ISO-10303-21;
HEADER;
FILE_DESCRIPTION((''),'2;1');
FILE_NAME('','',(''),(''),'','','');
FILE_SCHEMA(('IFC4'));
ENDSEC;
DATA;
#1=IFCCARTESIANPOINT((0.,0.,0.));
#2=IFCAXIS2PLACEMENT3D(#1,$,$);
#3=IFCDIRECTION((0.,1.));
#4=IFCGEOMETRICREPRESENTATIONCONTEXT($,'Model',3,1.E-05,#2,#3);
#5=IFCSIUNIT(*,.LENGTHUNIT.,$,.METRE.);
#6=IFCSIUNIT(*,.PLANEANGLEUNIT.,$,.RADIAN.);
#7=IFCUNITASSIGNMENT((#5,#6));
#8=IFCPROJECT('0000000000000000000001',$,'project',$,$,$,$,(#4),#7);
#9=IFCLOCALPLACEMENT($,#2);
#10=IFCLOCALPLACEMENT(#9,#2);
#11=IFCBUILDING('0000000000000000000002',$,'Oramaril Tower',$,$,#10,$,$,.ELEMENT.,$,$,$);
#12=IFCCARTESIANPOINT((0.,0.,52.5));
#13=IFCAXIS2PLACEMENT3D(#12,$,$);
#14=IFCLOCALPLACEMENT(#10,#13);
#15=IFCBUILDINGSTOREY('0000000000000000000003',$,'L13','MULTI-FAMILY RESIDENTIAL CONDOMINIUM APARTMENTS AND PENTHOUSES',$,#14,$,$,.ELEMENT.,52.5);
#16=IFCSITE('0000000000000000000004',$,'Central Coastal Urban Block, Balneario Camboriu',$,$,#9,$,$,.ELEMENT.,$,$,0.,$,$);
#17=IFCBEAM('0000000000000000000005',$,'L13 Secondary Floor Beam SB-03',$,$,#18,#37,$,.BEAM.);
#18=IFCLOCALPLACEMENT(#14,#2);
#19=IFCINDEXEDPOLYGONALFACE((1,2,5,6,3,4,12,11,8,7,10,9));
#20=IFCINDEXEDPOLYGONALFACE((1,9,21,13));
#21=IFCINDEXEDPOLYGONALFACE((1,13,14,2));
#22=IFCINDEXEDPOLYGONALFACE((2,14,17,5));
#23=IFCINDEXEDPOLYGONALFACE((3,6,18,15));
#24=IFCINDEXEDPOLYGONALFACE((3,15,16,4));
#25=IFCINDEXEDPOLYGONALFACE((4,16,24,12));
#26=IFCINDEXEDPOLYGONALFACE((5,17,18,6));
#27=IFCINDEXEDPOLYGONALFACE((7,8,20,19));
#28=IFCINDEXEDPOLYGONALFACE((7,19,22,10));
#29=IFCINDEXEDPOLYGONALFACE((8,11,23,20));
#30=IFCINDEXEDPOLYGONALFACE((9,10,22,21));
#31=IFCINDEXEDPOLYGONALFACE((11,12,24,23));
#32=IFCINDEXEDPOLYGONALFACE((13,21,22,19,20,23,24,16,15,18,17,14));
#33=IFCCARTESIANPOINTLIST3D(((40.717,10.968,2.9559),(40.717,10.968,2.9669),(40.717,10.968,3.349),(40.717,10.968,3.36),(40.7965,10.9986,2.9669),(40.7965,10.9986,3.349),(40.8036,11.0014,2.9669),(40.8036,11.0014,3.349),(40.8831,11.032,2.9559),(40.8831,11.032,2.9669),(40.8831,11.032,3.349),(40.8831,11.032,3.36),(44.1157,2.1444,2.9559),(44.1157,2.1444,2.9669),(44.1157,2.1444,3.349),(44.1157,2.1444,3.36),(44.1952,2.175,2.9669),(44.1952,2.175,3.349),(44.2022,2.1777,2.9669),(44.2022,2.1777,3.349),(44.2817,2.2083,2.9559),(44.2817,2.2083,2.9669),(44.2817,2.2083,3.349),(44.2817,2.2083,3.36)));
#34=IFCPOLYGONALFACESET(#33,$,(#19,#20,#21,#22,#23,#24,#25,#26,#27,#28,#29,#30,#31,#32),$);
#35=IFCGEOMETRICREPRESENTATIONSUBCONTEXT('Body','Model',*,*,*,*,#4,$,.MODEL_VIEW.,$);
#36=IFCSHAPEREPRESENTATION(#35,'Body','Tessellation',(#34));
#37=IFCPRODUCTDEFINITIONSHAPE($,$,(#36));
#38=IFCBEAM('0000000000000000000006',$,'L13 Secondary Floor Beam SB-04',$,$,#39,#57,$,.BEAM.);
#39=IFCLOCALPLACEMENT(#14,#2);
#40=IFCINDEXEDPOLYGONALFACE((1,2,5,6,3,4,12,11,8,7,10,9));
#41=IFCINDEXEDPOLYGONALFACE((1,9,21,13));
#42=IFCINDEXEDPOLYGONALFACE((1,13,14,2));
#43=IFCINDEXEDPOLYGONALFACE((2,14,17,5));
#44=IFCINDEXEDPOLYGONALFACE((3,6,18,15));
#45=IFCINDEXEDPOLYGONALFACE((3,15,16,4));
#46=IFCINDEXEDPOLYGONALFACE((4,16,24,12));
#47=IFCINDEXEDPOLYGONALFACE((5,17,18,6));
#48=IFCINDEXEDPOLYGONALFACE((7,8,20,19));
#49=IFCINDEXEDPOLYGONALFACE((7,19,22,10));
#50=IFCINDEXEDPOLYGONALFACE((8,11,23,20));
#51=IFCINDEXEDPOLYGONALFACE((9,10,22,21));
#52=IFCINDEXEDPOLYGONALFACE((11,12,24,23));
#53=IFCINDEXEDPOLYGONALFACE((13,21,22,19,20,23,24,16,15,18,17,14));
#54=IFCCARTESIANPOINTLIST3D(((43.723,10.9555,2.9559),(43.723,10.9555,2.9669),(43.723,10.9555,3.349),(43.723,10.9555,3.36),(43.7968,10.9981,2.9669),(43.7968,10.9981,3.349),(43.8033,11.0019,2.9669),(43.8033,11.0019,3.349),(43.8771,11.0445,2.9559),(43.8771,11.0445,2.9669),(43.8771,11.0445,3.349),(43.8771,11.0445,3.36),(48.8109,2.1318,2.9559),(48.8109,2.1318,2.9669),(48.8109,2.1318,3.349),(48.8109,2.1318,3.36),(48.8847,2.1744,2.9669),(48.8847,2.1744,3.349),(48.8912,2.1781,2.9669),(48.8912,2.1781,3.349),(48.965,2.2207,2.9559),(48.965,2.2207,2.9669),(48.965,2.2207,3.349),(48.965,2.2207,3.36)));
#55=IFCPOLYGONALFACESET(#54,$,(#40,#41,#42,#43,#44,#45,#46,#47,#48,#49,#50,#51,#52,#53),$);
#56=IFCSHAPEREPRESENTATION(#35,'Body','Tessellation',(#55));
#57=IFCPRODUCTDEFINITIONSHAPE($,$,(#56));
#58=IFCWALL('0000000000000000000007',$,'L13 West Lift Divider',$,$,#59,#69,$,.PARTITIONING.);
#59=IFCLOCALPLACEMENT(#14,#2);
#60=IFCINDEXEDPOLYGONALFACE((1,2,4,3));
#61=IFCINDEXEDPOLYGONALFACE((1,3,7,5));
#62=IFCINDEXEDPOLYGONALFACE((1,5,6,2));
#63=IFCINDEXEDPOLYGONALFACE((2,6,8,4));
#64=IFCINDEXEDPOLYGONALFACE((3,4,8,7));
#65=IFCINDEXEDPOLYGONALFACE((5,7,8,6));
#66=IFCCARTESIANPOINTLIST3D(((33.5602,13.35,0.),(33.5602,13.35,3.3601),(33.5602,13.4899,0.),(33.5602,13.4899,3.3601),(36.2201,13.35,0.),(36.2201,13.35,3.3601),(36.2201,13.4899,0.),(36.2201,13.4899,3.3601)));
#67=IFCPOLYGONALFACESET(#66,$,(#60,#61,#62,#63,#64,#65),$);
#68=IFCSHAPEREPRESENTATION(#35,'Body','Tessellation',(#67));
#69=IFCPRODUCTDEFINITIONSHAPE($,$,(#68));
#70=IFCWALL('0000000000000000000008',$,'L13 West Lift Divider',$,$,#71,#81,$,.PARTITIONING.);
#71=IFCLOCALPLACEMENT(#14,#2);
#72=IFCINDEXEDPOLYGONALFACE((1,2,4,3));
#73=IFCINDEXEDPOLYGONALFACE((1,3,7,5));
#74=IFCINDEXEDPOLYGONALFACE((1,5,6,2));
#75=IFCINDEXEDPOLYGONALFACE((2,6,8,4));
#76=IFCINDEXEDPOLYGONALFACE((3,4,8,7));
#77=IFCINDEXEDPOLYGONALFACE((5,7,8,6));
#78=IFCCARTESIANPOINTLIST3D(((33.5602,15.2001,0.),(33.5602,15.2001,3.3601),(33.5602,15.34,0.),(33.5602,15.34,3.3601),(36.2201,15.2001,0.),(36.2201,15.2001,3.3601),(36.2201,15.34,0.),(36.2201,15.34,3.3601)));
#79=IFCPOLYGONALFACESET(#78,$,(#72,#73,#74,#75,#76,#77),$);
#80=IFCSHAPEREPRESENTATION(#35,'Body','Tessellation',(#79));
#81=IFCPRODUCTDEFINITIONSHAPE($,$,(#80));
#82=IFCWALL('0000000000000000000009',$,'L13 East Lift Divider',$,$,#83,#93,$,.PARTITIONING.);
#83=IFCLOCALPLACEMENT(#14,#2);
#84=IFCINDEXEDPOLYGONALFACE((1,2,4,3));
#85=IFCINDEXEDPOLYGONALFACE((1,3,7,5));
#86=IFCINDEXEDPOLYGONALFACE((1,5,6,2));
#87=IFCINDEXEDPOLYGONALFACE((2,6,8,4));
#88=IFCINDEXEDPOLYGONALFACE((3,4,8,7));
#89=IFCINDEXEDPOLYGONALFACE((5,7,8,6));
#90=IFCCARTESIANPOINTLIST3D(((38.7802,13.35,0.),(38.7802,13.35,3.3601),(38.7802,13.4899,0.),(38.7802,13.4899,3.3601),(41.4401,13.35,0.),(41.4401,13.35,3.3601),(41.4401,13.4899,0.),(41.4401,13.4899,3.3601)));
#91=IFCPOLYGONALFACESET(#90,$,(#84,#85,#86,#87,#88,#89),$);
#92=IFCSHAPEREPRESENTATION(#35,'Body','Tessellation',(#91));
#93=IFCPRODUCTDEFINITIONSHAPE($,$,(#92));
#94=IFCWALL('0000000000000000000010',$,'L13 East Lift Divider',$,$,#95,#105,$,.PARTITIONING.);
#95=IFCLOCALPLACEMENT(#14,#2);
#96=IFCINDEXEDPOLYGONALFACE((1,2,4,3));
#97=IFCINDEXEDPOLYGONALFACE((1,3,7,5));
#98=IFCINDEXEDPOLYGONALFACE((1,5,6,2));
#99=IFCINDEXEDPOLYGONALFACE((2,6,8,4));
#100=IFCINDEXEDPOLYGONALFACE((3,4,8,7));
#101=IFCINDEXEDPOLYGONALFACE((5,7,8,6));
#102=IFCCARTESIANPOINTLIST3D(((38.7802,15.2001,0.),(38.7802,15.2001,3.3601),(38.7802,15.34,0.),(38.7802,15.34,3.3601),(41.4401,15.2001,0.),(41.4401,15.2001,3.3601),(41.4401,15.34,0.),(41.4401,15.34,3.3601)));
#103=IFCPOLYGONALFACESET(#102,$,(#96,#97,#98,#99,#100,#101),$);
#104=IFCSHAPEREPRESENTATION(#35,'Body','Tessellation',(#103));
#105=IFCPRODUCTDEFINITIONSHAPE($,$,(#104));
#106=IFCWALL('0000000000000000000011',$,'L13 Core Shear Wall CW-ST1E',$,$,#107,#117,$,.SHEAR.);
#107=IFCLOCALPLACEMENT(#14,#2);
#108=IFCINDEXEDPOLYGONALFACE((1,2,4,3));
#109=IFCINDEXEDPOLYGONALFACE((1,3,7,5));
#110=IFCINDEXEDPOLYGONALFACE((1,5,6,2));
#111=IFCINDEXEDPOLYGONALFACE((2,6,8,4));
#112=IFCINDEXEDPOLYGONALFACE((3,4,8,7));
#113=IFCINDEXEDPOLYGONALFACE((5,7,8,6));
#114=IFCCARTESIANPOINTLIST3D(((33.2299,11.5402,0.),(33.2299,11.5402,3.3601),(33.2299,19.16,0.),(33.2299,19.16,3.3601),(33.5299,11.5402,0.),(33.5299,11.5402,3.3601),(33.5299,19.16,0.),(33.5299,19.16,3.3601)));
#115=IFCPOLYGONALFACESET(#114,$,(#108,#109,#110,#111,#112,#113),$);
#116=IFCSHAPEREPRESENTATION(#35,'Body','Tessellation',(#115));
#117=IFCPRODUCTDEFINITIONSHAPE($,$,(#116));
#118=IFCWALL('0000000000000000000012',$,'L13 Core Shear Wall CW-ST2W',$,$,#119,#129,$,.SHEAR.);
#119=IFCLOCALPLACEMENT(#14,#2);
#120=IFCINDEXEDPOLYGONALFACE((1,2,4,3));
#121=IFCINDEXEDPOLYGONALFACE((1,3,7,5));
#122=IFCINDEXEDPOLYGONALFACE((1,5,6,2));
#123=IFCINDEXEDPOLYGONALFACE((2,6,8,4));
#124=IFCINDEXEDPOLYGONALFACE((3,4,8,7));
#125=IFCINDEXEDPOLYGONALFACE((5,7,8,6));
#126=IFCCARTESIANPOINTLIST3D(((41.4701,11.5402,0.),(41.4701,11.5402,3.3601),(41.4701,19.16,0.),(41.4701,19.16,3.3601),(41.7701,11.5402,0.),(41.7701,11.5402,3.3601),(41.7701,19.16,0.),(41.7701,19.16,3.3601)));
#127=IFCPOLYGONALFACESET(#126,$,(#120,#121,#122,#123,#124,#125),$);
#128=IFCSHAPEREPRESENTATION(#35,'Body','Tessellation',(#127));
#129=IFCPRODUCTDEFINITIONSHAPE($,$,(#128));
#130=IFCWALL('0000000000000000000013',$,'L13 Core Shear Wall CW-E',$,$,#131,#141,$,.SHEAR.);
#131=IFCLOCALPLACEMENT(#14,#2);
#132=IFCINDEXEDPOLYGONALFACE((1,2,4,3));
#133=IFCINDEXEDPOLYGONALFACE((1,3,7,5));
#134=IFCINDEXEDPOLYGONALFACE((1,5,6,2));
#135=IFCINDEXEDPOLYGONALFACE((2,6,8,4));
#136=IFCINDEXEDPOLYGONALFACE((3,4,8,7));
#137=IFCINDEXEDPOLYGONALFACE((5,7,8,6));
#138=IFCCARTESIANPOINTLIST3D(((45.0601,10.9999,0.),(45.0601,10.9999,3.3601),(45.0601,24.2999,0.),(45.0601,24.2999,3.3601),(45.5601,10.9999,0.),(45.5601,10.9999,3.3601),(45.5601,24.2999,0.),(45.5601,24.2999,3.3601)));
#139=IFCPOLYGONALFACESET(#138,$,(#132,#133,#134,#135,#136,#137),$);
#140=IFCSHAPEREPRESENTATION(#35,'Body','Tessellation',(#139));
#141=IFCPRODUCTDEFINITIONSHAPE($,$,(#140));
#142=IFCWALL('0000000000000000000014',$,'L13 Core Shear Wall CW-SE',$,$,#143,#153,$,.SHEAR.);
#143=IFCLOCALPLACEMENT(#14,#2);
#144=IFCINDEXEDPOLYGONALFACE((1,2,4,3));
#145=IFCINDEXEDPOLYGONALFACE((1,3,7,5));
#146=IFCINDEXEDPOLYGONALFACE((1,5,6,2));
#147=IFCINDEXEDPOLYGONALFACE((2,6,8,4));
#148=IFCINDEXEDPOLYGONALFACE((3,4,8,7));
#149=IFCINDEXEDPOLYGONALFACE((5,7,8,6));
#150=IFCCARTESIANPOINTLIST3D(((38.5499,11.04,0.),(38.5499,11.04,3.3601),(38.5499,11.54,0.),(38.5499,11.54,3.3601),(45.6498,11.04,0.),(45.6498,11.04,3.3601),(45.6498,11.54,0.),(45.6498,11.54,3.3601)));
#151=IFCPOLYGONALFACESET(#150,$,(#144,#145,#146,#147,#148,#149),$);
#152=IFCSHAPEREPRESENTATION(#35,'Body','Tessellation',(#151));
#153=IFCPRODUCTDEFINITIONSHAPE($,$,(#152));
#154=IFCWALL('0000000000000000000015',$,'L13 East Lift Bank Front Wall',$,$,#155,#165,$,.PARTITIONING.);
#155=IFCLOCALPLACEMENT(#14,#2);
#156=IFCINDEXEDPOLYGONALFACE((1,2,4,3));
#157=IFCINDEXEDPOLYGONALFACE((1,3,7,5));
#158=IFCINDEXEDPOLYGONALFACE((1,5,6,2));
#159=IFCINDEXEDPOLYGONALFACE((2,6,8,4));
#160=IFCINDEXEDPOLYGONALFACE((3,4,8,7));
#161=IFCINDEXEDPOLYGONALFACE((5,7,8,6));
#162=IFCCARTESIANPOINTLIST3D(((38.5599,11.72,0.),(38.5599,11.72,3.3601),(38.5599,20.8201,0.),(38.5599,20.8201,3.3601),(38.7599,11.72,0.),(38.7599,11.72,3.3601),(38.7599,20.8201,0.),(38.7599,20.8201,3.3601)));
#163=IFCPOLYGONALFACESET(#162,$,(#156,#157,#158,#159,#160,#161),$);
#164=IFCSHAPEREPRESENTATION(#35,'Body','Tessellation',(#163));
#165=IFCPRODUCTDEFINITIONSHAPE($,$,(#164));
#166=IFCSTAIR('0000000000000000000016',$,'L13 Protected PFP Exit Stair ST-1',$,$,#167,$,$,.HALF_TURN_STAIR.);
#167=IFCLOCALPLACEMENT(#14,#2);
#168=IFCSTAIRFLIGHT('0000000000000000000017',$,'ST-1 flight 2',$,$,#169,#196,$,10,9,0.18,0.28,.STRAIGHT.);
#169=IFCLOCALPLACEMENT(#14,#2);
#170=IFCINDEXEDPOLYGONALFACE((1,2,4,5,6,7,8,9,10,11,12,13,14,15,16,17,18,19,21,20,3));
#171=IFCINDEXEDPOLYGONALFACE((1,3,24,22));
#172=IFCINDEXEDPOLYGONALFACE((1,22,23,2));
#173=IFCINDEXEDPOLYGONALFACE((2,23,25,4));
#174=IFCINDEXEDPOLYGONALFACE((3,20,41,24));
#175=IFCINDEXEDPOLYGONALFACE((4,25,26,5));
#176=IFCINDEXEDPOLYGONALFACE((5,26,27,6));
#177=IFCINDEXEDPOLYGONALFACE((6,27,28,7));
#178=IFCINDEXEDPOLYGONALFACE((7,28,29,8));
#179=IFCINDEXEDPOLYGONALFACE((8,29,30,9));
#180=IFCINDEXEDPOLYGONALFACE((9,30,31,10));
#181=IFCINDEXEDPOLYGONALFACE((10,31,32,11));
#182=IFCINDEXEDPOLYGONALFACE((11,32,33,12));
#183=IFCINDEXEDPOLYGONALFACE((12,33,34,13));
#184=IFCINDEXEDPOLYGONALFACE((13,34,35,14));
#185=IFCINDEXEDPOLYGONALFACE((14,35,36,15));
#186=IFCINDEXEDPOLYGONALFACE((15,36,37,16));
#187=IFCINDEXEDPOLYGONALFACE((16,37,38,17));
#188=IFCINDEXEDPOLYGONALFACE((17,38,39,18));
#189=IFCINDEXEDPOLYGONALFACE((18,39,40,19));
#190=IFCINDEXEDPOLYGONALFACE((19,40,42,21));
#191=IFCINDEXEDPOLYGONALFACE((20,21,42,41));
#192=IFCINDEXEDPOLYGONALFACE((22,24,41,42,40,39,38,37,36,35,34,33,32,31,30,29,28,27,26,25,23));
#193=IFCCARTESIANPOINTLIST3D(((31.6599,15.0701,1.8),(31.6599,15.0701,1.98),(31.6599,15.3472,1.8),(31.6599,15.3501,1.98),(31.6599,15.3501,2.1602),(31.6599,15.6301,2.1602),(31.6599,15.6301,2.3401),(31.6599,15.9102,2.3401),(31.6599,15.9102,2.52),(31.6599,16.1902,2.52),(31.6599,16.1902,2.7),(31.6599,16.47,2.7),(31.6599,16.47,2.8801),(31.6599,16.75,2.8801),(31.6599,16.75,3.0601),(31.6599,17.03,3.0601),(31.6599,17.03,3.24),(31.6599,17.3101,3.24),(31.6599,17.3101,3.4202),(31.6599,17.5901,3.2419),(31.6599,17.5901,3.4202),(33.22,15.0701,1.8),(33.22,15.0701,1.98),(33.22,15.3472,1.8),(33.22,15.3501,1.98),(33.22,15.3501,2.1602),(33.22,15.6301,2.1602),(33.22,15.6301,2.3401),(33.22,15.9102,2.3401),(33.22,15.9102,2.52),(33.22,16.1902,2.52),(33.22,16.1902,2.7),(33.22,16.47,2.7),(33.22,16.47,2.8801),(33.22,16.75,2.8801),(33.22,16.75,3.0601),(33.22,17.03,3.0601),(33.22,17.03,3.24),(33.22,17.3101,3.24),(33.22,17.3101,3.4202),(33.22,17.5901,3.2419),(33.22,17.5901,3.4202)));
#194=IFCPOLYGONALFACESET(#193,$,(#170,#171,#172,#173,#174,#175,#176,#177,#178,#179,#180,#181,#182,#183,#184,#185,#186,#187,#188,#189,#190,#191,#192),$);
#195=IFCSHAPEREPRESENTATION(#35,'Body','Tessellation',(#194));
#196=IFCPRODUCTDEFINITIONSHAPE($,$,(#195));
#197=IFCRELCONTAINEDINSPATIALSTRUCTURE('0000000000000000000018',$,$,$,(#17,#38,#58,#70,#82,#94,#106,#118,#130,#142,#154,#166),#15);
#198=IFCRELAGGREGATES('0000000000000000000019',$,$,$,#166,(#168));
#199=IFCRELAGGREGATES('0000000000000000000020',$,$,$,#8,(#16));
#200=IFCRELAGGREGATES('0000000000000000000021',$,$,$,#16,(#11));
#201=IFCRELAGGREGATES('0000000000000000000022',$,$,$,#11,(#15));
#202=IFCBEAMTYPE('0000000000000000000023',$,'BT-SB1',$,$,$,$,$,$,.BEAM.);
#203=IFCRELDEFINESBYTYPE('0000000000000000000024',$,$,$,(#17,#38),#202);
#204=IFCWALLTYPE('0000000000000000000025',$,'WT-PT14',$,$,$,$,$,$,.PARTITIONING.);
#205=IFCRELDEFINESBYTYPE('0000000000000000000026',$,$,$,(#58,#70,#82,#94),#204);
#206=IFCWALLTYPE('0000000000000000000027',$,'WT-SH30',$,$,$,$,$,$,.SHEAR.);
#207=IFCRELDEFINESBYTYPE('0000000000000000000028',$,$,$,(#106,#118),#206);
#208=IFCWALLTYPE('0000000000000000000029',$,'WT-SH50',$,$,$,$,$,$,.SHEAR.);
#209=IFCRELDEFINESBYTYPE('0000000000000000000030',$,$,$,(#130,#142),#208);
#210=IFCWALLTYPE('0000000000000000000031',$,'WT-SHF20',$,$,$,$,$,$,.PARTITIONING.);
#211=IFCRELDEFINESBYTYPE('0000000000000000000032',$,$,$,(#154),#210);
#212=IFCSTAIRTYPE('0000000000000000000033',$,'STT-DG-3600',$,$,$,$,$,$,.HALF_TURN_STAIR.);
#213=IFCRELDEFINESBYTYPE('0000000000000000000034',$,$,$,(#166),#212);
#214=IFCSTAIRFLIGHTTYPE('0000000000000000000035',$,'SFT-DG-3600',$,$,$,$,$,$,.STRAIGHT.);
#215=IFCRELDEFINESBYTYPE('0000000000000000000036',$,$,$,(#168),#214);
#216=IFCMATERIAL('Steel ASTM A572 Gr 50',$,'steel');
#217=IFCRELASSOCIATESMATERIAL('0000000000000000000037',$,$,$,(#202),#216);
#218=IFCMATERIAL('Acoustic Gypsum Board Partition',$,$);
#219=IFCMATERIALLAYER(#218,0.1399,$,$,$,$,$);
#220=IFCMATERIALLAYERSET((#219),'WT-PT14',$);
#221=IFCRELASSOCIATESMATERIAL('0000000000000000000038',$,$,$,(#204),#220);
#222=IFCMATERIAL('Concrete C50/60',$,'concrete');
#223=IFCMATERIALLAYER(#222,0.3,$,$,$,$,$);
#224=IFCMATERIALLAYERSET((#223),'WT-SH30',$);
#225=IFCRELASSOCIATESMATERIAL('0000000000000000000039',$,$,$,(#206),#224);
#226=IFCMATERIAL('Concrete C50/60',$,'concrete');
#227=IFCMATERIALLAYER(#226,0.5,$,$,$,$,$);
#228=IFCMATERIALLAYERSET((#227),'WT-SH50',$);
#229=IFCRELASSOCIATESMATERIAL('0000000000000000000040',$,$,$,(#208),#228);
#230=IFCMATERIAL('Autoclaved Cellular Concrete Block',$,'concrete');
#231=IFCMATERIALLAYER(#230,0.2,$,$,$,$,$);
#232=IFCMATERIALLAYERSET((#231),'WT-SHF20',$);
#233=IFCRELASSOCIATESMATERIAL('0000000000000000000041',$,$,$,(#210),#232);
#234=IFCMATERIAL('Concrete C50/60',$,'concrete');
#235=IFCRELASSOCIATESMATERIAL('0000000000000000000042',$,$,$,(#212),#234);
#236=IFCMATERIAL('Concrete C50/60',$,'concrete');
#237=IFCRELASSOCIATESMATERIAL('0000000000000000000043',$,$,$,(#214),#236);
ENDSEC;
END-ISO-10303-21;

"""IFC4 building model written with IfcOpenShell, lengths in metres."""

from ifc_helpers import new_model, si_unit, direction, frame, frame_2d, origin, origin_2d, place, context, subcontext, project, spatial, polyline, rectangle, i_section, outline, extrude, material, layer, layer_set, material_profile, profile_set, type_object, element, aggregate, save


model = new_model("IFC4")

# Units and contexts
model_context = context("Model", 3, precision=1e-05, world=origin(), true_north=direction((0.0, 1.0)))
body_context = subcontext(model_context, "Body", "Model", "MODEL_VIEW")
ifc_project = project(units=[si_unit("LENGTHUNIT", "METRE"), si_unit("PLANEANGLEUNIT", "RADIAN")], contexts=[model_context])

# Site, building, storey
site_placement = place(None, origin())
site = spatial("IfcSite", under=ifc_project, at=site_placement, Name="Central Coastal Urban Block, Balneario Camboriu", CompositionType="ELEMENT", RefElevation=0.0)
building_placement = place(site_placement, origin())
building = spatial("IfcBuilding", under=site, at=building_placement, Name="Oramaril Tower", CompositionType="ELEMENT")
storey_placement = place(building_placement, frame((0.0, 0.0, 52.5)))
storey = spatial("IfcBuildingStorey", under=building, at=storey_placement, Name="L13", Description="MULTI-FAMILY RESIDENTIAL CONDOMINIUM APARTMENTS AND PENTHOUSES", CompositionType="ELEMENT", Elevation=52.5)

# Beams
ifc_material_1 = material(Name="Steel ASTM A572 Gr 50", Category="steel")
ifc_material_profile = material_profile(ifc_material_1, i_section(OverallWidth=0.178, OverallDepth=0.4041, WebThickness=0.0076, FlangeThickness=0.011, at=origin_2d()), Name="W16X36")
ifc_profile_set = profile_set([ifc_material_profile], Name="Steel ASTM A572 Gr 50")
beam_type = type_object("IfcBeamType", Name="BT-SB1", PredefinedType="BEAM", material=ifc_profile_set)
beam_1_placement = place(storey_placement, frame((40.8, 11.0, 3.158), z_axis=(0.359434, -0.93317, 0.0), x_axis=(0.93317, 0.359434, 0.0)))
element("IfcBeam", 1, at=beam_1_placement, inside=storey, type_object=beam_type, Name="L13 Secondary Floor Beam SB-03", PredefinedType="BEAM", context=body_context, shape_type="SweptSolid", body=[
    extrude(i_section(OverallWidth=0.178, OverallDepth=0.4041, WebThickness=0.0076, FlangeThickness=0.011, at=origin_2d()), origin(), (0.0, 0.0, 1.0), 9.4556),
])
beam_2_placement = place(storey_placement, frame((43.8, 11.0, 3.158), z_axis=(0.499522, -0.866301, 0.0), x_axis=(0.866301, 0.499522, 0.0)))
element("IfcBeam", 2, at=beam_2_placement, inside=storey, type_object=beam_type, Name="L13 Secondary Floor Beam SB-04", PredefinedType="BEAM", context=body_context, shape_type="SweptSolid", body=[
    extrude(i_section(OverallWidth=0.178, OverallDepth=0.4041, WebThickness=0.0076, FlangeThickness=0.011, at=origin_2d()), origin(), (0.0, 0.0, 1.0), 10.1855),
])

# Walls
ifc_material_2 = material(Name="Acoustic Gypsum Board Partition")
ifc_layer_1 = layer(ifc_material_2, 0.1399)
ifc_layer_set_1 = layer_set([ifc_layer_1], Name="WT-PT14")
wall_type_1 = type_object("IfcWallType", Name="WT-PT14", PredefinedType="PARTITIONING", material=ifc_layer_set_1)
for number, where, z_axis, x_axis, name in (
    (3, (33.5601, 13.4199, 0.0), (0.0, 0.0, 1.0), (1.0, 0.0, 0.0), "L13 West Lift Divider"),
    (4, (33.5601, 15.27, 0.0), (0.0, 0.0, 1.0), (1.0, 0.0, 0.0), "L13 West Lift Divider"),
    (5, (38.78, 13.4199, 0.0), (0.0, 0.0, 1.0), (1.0, 0.0, 0.0), "L13 East Lift Divider"),
    (6, (38.78, 15.27, 0.0), (0.0, 0.0, 1.0), (1.0, 0.0, 0.0), "L13 East Lift Divider"),
):
    element("IfcWall", number, at=place(storey_placement, frame(where, z_axis=z_axis, x_axis=x_axis)), inside=storey, type_object=wall_type_1, Name=name, PredefinedType="PARTITIONING", context=body_context, shape_type="SweptSolid", body=[
        extrude(rectangle(XDim=2.6599, YDim=0.1399, at=frame_2d((1.3301, 0.0))), origin(), (0.0, 0.0, 1.0), 3.3601),
    ])
ifc_material_3 = material(Name="Concrete C50/60", Category="concrete")
ifc_layer_2 = layer(ifc_material_3, 0.3)
ifc_layer_set_2 = layer_set([ifc_layer_2], Name="WT-SH30")
wall_type_2 = type_object("IfcWallType", Name="WT-SH30", PredefinedType="SHEAR", material=ifc_layer_set_2)
for number, where, z_axis, x_axis, name in (
    (7, (33.3799, 11.54, 0.0), (0.0, 0.0, 1.0), (0.0, 1.0, 0.0), "L13 Core Shear Wall CW-ST1E"),
    (8, (41.6201, 11.54, 0.0), (0.0, 0.0, 1.0), (0.0, 1.0, 0.0), "L13 Core Shear Wall CW-ST2W"),
):
    element("IfcWall", number, at=place(storey_placement, frame(where, z_axis=z_axis, x_axis=x_axis)), inside=storey, type_object=wall_type_2, Name=name, PredefinedType="SHEAR", context=body_context, shape_type="SweptSolid", body=[
        extrude(rectangle(XDim=7.6199, YDim=0.3, at=frame_2d((3.8101, 0.0))), origin(), (0.0, 0.0, 1.0), 3.3601),
    ])
ifc_material_4 = material(Name="Concrete C50/60", Category="concrete")
ifc_layer_3 = layer(ifc_material_4, 0.5)
ifc_layer_set_3 = layer_set([ifc_layer_3], Name="WT-SH50")
wall_type_3 = type_object("IfcWallType", Name="WT-SH50", PredefinedType="SHEAR", material=ifc_layer_set_3)
wall_1_placement = place(storey_placement, frame((45.3101, 11.0, 0.0), z_axis=(0.0, 0.0, 1.0), x_axis=(0.0, 1.0, 0.0)))
element("IfcWall", 9, at=wall_1_placement, inside=storey, type_object=wall_type_3, Name="L13 Core Shear Wall CW-E", PredefinedType="SHEAR", context=body_context, shape_type="SweptSolid", body=[
    extrude(rectangle(XDim=13.3, YDim=0.5, at=frame_2d((6.6499, 0.0))), origin(), (0.0, 0.0, 1.0), 3.3601),
])
wall_2_placement = place(storey_placement, frame((38.55, 11.29, 0.0), z_axis=(0.0, 0.0, 1.0), x_axis=(1.0, 0.0, 0.0)))
element("IfcWall", 10, at=wall_2_placement, inside=storey, type_object=wall_type_3, Name="L13 Core Shear Wall CW-SE", PredefinedType="SHEAR", context=body_context, shape_type="SweptSolid", body=[
    extrude(rectangle(XDim=7.0999, YDim=0.5, at=frame_2d((3.5498, 0.0))), origin(), (0.0, 0.0, 1.0), 3.3601),
])

# Shared definitions
ifc_material_5 = material(Name="Autoclaved Cellular Concrete Block", Category="concrete")
ifc_layer_4 = layer(ifc_material_5, 0.2)
ifc_layer_set_4 = layer_set([ifc_layer_4], Name="WT-SHF20")
wall_type_4 = type_object("IfcWallType", Name="WT-SHF20", PredefinedType="PARTITIONING", material=ifc_layer_set_4)

# Wall
wall_3_placement = place(storey_placement, frame((38.6599, 11.72, 0.0), z_axis=(0.0, 0.0, 1.0), x_axis=(0.0, 1.0, 0.0)))
element("IfcWall", 11, at=wall_3_placement, inside=storey, type_object=wall_type_4, Name="L13 East Lift Bank Front Wall", PredefinedType="PARTITIONING", context=body_context, shape_type="SweptSolid", body=[
    extrude(rectangle(XDim=9.1001, YDim=0.2, at=frame_2d((4.55, 0.0))), origin(), (0.0, 0.0, 1.0), 3.3601),
])

# Stair, stair flight
ifc_material_6 = material(Name="Concrete C50/60", Category="concrete")
stair_type = type_object("IfcStairType", Name="STT-DG-3600", PredefinedType="HALF_TURN_STAIR", material=ifc_material_6)
stair_1_placement = place(storey_placement, origin())
stair_1 = element("IfcStair", 12, at=stair_1_placement, inside=storey, type_object=stair_type, Name="L13 Protected PFP Exit Stair ST-1", PredefinedType="HALF_TURN_STAIR")
ifc_material_7 = material(Name="Concrete C50/60", Category="concrete")
stair_flight_type = type_object("IfcStairFlightType", Name="SFT-DG-3600", PredefinedType="STRAIGHT", material=ifc_material_7)
stair_flight_1_placement = place(storey_placement, frame((32.4399, 15.0701, 1.8), z_axis=(0.0, 0.0, 1.0), x_axis=(0.0, 1.0, 0.0)))
stair_flight_1 = element("IfcStairFlight", 13, at=stair_flight_1_placement, type_object=stair_flight_type, Name="ST-1 flight 2", NumberOfRisers=10, NumberOfTreads=9, PredefinedType="STRAIGHT", RiserHeight=0.18, TreadLength=0.28, context=body_context, shape_type="SweptSolid", body=[
    extrude(outline(polyline([(0.0, 0.0), (0.0, 0.1799), (0.28, 0.1799), (0.28, 0.3601), (0.5601, 0.3601), (0.5601, 0.54), (0.8401, 0.54), (0.8401, 0.72), (1.1201, 0.72), (1.1201, 0.8999), (1.3999, 0.8999), (1.3999, 1.0801), (1.6799, 1.0801), (1.6799, 1.26), (1.96, 1.26), (1.96, 1.4399), (2.24, 1.4399), (2.24, 1.6201), (2.52, 1.6201), (2.52, 1.8), (2.52, 1.4419), (0.2771, 0.0), (0.0, 0.0)])), frame((0.0, 0.78, 0.0), z_axis=(0.0, -1.0, 0.0), x_axis=(1.0, 0.0, 0.0)), (0.0, 0.0, 1.0), 1.5601),
])
aggregate(stair_1, [stair_flight_1])

save(model, "model.ifc")
